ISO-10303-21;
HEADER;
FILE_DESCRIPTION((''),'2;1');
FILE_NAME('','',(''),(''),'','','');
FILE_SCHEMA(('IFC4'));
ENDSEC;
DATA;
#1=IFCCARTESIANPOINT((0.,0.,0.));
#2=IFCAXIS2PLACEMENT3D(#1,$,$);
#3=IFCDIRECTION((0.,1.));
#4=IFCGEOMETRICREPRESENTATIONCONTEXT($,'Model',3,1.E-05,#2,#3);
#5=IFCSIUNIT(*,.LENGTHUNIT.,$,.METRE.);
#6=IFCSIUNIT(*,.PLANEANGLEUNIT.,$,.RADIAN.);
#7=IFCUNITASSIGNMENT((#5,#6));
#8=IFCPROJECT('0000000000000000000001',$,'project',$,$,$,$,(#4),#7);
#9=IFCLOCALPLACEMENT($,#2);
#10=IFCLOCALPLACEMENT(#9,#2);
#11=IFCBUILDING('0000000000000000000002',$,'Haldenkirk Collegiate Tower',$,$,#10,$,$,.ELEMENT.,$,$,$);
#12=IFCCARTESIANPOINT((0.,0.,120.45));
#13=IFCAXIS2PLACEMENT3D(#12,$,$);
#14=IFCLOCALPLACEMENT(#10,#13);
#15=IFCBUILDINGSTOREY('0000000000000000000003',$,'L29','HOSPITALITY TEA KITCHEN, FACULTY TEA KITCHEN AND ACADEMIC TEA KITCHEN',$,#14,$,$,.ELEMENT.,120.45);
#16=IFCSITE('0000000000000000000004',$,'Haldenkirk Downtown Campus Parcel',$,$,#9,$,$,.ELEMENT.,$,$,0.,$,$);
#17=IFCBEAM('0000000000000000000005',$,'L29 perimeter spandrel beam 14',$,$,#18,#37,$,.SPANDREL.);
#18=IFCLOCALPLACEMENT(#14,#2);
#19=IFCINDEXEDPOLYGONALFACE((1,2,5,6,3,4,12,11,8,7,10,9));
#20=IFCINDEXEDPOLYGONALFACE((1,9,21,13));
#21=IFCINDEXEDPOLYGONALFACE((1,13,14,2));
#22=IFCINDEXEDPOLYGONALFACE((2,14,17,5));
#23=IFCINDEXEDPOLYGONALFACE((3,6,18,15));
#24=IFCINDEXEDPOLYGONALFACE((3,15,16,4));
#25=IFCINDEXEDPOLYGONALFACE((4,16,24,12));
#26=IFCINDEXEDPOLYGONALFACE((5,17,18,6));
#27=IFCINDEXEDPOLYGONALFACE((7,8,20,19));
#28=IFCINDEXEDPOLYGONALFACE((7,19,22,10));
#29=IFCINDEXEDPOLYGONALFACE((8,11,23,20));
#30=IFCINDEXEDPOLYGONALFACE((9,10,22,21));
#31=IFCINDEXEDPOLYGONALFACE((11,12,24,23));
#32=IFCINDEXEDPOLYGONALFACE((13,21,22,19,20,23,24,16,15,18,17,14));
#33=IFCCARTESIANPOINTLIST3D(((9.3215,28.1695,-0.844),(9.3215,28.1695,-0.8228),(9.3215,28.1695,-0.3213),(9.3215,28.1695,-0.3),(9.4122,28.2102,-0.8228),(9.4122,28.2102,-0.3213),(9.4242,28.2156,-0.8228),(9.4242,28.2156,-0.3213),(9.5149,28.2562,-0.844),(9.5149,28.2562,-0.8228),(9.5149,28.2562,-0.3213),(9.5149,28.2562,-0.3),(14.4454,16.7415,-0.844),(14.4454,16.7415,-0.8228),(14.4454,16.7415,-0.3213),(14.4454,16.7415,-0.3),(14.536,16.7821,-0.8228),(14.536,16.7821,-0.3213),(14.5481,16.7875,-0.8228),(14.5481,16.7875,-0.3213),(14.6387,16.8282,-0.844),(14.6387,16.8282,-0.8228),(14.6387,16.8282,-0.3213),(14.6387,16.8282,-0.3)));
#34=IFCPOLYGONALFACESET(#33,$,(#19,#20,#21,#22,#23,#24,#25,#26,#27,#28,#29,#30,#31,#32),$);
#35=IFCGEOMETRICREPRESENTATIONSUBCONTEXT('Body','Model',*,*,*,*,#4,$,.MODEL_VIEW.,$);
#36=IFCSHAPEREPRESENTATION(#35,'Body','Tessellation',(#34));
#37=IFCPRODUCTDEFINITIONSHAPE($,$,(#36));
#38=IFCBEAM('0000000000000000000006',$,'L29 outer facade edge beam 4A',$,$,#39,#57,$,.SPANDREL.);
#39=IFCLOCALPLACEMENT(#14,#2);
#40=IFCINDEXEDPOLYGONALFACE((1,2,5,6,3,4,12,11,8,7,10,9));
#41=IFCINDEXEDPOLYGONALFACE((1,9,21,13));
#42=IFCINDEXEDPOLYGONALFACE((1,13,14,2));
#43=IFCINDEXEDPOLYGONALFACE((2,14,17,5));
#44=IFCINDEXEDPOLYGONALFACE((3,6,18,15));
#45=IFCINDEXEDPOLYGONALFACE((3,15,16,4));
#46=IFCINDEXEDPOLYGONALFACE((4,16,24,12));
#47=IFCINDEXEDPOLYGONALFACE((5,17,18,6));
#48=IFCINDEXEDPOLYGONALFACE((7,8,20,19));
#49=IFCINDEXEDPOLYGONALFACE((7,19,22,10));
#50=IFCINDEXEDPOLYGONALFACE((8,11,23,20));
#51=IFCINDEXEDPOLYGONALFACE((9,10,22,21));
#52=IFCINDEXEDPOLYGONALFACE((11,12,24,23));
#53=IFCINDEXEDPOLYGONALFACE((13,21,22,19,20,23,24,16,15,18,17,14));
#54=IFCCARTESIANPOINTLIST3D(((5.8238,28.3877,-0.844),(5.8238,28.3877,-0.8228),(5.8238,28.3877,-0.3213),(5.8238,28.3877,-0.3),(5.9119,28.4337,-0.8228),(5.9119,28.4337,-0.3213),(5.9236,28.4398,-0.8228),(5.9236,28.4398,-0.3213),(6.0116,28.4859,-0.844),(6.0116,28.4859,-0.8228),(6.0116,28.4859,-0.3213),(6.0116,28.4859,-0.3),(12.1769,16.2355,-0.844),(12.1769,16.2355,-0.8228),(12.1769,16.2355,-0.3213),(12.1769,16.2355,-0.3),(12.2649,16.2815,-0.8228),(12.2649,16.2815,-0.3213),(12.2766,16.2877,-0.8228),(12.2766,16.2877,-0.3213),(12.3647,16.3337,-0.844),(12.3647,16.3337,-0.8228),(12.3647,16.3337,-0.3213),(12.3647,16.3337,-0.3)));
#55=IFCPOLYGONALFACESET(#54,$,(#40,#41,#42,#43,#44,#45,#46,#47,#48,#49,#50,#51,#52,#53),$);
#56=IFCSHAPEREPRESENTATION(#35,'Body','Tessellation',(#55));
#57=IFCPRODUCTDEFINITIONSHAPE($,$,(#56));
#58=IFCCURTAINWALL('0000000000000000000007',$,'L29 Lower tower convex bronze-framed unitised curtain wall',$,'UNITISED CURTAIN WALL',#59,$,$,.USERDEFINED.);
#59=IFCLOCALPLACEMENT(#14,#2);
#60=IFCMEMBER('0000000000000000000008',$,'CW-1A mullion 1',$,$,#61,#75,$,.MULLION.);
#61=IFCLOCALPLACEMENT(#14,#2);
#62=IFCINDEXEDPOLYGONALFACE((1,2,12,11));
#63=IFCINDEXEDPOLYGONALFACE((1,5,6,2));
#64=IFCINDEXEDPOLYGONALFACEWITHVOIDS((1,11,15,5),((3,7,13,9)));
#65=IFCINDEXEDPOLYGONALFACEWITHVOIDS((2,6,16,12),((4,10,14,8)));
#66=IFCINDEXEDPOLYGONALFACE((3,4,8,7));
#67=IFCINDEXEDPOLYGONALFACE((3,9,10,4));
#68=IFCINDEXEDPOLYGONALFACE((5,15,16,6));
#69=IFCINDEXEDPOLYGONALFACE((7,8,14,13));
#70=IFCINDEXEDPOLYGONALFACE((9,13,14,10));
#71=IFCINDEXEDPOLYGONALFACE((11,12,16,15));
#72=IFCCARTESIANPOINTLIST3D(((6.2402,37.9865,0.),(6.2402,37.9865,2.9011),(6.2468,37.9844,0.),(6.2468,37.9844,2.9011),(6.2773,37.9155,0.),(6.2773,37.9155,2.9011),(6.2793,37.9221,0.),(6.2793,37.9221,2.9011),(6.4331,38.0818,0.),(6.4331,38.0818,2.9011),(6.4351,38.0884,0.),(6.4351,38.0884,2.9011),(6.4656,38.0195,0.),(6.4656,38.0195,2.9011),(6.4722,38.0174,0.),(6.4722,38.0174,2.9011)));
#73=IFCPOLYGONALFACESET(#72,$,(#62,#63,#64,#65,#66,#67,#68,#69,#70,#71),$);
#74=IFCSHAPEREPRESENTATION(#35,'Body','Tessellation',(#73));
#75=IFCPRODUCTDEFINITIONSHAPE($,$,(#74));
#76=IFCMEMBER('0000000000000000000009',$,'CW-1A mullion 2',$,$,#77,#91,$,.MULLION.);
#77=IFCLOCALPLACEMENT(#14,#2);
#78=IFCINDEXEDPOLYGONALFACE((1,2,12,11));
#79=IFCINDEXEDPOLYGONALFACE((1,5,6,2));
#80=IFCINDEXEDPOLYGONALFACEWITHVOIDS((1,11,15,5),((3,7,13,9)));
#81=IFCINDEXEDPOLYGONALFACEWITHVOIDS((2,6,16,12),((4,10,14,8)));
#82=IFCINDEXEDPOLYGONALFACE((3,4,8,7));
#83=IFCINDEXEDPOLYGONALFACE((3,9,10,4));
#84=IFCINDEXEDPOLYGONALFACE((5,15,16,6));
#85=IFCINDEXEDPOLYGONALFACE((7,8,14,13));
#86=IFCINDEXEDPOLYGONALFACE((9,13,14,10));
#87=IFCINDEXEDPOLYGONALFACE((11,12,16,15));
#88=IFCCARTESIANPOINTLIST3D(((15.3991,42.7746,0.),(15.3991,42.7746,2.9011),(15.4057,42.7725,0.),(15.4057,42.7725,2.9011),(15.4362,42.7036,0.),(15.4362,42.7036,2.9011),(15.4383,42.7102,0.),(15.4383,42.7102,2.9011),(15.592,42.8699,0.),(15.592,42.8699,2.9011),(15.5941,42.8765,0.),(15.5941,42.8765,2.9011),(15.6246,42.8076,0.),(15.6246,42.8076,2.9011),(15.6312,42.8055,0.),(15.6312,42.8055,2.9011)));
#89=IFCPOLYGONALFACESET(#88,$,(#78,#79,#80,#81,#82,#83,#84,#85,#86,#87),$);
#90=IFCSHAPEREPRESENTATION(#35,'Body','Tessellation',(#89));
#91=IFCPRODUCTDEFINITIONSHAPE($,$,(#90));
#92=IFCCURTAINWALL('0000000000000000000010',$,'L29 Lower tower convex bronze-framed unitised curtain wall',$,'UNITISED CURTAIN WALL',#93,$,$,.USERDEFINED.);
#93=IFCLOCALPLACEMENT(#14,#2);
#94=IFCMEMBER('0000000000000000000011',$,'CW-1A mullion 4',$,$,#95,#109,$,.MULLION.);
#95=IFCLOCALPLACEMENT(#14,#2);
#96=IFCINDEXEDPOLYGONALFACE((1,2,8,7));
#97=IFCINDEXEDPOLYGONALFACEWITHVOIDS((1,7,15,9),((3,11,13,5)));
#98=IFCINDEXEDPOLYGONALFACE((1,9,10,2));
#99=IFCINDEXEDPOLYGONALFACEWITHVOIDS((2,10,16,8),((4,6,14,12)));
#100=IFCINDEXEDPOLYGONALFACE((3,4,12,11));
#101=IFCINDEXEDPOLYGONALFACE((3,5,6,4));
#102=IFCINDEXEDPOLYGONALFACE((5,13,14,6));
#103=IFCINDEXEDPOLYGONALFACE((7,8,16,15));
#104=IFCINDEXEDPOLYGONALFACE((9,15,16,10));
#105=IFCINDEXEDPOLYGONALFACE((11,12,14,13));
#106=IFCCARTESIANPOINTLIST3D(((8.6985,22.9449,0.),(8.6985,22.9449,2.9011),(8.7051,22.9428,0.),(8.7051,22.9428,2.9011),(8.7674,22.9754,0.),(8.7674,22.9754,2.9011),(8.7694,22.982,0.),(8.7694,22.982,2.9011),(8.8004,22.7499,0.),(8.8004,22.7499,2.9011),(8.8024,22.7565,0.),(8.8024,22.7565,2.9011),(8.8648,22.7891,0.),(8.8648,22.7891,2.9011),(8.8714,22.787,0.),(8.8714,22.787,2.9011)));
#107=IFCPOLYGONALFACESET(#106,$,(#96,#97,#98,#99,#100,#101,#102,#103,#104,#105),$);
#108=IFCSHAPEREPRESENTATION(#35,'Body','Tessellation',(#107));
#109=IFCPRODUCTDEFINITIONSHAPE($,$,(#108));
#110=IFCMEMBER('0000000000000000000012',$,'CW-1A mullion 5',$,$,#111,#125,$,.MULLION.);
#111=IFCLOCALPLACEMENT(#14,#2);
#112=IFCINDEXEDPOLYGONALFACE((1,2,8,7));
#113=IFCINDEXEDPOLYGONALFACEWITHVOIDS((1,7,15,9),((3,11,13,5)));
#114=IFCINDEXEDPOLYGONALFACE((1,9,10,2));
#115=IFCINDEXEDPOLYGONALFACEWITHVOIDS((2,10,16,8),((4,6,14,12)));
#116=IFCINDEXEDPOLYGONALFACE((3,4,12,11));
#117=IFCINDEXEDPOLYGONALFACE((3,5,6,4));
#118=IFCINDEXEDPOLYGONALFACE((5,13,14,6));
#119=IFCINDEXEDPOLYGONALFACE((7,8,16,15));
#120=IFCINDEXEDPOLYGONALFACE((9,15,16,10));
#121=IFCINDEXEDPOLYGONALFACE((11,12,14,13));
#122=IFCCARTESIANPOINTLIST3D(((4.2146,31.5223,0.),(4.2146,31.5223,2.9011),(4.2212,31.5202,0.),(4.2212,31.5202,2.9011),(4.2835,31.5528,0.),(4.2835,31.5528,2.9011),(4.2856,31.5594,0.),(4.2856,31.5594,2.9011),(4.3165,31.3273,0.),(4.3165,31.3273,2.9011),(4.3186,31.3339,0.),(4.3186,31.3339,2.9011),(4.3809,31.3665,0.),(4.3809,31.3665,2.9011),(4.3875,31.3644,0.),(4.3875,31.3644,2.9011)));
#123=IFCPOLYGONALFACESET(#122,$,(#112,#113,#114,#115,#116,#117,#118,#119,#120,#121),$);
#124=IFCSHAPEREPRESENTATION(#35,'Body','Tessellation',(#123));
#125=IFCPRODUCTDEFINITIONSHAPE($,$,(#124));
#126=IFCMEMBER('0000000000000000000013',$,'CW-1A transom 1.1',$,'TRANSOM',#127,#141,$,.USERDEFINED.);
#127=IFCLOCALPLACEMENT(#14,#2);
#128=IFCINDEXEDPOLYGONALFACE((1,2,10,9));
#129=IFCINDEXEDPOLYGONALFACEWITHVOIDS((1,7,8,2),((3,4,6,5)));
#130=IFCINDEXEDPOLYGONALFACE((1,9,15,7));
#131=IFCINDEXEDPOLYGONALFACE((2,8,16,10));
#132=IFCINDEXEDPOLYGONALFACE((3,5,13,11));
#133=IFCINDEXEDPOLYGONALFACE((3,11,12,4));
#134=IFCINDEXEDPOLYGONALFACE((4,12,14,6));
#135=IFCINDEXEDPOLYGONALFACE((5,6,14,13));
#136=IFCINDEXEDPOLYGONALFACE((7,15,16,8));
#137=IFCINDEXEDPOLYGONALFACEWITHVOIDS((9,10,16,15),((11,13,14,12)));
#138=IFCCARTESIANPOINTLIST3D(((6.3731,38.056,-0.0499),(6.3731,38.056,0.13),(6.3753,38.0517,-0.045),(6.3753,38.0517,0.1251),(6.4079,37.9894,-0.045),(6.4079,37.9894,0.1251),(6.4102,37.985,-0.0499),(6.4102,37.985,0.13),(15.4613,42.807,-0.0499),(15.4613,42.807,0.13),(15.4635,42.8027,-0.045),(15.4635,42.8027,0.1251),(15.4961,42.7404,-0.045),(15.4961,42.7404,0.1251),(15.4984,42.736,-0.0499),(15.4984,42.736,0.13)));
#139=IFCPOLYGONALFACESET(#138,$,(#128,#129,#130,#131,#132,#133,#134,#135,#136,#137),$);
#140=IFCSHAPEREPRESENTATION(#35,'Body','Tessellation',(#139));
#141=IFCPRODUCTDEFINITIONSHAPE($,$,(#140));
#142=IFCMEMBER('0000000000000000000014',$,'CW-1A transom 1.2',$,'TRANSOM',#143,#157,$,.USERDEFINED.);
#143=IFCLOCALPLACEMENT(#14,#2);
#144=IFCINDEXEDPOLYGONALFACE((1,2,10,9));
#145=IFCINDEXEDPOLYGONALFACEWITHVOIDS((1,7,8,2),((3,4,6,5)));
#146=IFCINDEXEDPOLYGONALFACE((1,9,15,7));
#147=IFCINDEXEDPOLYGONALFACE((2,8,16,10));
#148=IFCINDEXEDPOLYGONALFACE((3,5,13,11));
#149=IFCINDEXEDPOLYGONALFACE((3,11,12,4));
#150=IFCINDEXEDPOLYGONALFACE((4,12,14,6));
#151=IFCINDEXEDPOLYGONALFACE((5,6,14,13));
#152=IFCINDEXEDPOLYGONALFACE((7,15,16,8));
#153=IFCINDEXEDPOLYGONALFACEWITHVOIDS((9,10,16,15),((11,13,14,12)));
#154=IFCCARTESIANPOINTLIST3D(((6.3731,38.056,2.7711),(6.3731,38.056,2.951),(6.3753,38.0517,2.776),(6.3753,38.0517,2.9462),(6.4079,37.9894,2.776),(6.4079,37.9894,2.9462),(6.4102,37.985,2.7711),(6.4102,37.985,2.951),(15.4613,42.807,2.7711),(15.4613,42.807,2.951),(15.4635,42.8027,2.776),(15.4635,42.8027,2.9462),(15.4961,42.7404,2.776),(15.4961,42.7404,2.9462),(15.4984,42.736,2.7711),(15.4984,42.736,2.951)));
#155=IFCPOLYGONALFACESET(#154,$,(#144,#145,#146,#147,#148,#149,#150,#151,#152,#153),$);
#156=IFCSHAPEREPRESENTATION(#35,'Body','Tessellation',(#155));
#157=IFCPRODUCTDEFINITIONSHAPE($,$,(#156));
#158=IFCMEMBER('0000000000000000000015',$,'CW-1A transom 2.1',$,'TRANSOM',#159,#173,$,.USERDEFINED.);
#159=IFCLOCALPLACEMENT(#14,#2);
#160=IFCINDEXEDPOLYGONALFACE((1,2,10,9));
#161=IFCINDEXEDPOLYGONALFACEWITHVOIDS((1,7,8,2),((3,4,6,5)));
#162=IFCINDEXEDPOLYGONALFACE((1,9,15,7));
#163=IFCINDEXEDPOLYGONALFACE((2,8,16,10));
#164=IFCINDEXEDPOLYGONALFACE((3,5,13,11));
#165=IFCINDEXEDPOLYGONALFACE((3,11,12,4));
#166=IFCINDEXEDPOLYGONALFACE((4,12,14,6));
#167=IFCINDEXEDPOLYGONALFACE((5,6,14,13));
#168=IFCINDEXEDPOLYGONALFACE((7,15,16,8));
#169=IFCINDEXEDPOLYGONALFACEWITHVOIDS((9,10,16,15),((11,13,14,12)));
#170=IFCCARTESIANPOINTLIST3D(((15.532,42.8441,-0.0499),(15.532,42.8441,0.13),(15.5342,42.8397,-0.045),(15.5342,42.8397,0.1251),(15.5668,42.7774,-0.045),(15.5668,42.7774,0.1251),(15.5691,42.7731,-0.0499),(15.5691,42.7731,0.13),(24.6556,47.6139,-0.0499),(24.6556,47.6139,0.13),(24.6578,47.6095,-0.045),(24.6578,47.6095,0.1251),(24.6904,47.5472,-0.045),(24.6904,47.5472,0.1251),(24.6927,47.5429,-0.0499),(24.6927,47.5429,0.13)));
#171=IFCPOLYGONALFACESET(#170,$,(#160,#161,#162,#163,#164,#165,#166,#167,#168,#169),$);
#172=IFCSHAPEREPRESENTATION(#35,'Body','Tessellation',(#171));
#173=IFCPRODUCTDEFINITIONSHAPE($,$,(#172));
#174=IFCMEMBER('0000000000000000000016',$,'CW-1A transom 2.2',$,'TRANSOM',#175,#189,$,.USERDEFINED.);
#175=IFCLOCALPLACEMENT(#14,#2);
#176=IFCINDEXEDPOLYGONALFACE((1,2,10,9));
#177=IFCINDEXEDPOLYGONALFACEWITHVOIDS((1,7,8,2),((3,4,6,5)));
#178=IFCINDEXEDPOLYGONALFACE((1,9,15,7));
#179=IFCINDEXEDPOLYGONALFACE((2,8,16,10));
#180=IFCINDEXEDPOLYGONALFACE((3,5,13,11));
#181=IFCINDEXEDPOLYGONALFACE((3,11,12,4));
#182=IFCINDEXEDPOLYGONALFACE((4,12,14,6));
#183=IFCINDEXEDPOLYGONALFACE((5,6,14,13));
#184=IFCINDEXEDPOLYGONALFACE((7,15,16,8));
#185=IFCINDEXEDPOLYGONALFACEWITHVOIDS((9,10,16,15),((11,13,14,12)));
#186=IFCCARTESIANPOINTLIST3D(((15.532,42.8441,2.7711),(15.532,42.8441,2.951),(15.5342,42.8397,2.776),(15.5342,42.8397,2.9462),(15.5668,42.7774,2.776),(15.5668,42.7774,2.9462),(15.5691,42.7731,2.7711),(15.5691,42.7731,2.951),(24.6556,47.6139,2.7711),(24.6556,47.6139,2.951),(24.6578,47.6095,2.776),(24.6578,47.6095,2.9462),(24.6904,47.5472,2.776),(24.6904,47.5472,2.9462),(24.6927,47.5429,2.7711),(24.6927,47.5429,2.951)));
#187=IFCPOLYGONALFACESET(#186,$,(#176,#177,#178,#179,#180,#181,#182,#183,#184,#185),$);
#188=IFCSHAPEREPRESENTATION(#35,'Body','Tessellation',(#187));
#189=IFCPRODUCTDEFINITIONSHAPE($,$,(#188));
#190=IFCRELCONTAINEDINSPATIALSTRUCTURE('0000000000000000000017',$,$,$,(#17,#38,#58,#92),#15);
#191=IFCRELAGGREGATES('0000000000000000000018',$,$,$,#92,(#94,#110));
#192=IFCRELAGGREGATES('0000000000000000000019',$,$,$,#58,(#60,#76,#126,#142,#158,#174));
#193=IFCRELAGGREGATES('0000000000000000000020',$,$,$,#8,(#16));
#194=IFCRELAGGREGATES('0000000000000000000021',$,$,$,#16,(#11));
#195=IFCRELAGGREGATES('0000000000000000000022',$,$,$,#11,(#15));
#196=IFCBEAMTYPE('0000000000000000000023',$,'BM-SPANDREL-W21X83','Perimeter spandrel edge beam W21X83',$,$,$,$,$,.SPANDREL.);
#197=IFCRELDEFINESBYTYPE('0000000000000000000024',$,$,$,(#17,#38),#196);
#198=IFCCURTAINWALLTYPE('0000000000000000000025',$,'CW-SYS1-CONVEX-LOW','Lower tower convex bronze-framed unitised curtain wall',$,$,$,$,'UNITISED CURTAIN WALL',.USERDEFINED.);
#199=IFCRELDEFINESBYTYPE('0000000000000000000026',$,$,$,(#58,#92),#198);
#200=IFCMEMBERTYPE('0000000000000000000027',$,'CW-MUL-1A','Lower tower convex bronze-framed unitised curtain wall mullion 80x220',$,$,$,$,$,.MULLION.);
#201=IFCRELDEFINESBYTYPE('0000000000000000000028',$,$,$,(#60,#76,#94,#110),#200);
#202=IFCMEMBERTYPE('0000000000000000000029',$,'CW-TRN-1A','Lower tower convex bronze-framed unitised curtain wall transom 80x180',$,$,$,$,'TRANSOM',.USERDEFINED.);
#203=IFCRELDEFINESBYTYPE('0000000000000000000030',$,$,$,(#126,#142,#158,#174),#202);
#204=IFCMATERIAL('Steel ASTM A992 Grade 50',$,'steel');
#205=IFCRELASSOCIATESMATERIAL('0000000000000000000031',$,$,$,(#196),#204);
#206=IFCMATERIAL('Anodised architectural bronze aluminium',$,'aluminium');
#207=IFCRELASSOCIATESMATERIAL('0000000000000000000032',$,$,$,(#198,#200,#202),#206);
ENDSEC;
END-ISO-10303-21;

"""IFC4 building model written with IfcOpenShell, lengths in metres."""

from ifc_helpers import new_model, si_unit, direction, frame, origin, origin_2d, place, context, subcontext, project, spatial, hollow_rectangle, i_section, extrude, material, material_profile, profile_set, type_object, element, aggregate, save


model = new_model("IFC4")

# Units and contexts
model_context = context("Model", 3, precision=1e-05, world=origin(), true_north=direction((0.0, 1.0)))
body_context = subcontext(model_context, "Body", "Model", "MODEL_VIEW")
ifc_project = project(units=[si_unit("LENGTHUNIT", "METRE"), si_unit("PLANEANGLEUNIT", "RADIAN")], contexts=[model_context])

# Site, building, storey
site_placement = place(None, origin())
site = spatial("IfcSite", under=ifc_project, at=site_placement, Name="Haldenkirk Downtown Campus Parcel", CompositionType="ELEMENT", RefElevation=0.0)
building_placement = place(site_placement, origin())
building = spatial("IfcBuilding", under=site, at=building_placement, Name="Haldenkirk Collegiate Tower", CompositionType="ELEMENT")
storey_placement = place(building_placement, frame((0.0, 0.0, 120.45)))
storey = spatial("IfcBuildingStorey", under=building, at=storey_placement, Name="L29", Description="HOSPITALITY TEA KITCHEN, FACULTY TEA KITCHEN AND ACADEMIC TEA KITCHEN", CompositionType="ELEMENT", Elevation=120.45)

# Beams
ifc_material_1 = material(Name="Steel ASTM A992 Grade 50", Category="steel")
ifc_material_profile_1 = material_profile(ifc_material_1, i_section(OverallWidth=0.2119, OverallDepth=0.5439, WebThickness=0.0132, FlangeThickness=0.0212, at=origin_2d()), Name="W21X83")
ifc_profile_set_1 = profile_set([ifc_material_profile_1], Name="Steel ASTM A992 Grade 50")
beam_type_1 = type_object("IfcBeamType", Name="BM-SPANDREL-W21X83", Description="Perimeter spandrel edge beam W21X83", PredefinedType="SPANDREL", material=ifc_profile_set_1)
beam_1_placement = place(storey_placement, frame((9.4182, 28.2129, -0.572), z_axis=(0.409115, -0.912483, 0.0), x_axis=(0.912483, 0.409115, 0.0)))
element("IfcBeam", 1, at=beam_1_placement, inside=storey, type_object=beam_type_1, Name="L29 perimeter spandrel beam 14", PredefinedType="SPANDREL", context=body_context, shape_type="SweptSolid", body=[
    extrude(i_section(OverallWidth=0.2119, OverallDepth=0.5439, WebThickness=0.0132, FlangeThickness=0.0212, at=origin_2d()), origin(), (0.0, 0.0, 1.0), 12.5242),
])
beam_2_placement = place(storey_placement, frame((5.9177, 28.4368, -0.572), z_axis=(0.4633, -0.886202, 0.0), x_axis=(0.886202, 0.4633, 0.0)))
element("IfcBeam", 2, at=beam_2_placement, inside=storey, type_object=beam_type_1, Name="L29 outer facade edge beam 4A", PredefinedType="SPANDREL", context=body_context, shape_type="SweptSolid", body=[
    extrude(i_section(OverallWidth=0.2119, OverallDepth=0.5439, WebThickness=0.0132, FlangeThickness=0.0212, at=origin_2d()), origin(), (0.0, 0.0, 1.0), 13.7126),
])

# Curtain walls, members
ifc_material_2 = material(Name="Anodised architectural bronze aluminium", Category="aluminium")
curtain_wall_type = type_object("IfcCurtainWallType", Name="CW-SYS1-CONVEX-LOW", Description="Lower tower convex bronze-framed unitised curtain wall", ElementType="UNITISED CURTAIN WALL", PredefinedType="USERDEFINED", material=ifc_material_2)
curtain_wall_1_placement = place(storey_placement, origin())
curtain_wall_1 = element("IfcCurtainWall", 3, at=curtain_wall_1_placement, inside=storey, type_object=curtain_wall_type, Name="L29 Lower tower convex bronze-framed unitised curtain wall", ObjectType="UNITISED CURTAIN WALL", PredefinedType="USERDEFINED")
ifc_material_profile_2 = material_profile(ifc_material_2, hollow_rectangle(XDim=0.0801, YDim=0.22, WallThickness=0.0049, at=origin_2d()), Name="CW-MUL-1A")
ifc_profile_set_2 = profile_set([ifc_material_profile_2], Name="Anodised architectural bronze aluminium")
member_type_1 = type_object("IfcMemberType", Name="CW-MUL-1A", Description="Lower tower convex bronze-framed unitised curtain wall mullion 80x220", PredefinedType="MULLION", material=ifc_profile_set_2)
member_1_placement = place(storey_placement, frame((6.3562, 38.002, 0.0), z_axis=(0.0, 0.0, 1.0), x_axis=(-0.463297, 0.886203, 0.0)))
member_1 = element("IfcMember", 4, at=member_1_placement, type_object=member_type_1, Name="CW-1A mullion 1", PredefinedType="MULLION", context=body_context, shape_type="SweptSolid", body=[
    extrude(hollow_rectangle(XDim=0.0801, YDim=0.22, WallThickness=0.0049, at=origin_2d()), origin(), (0.0, 0.0, 1.0), 2.9011),
])
member_2_placement = place(storey_placement, frame((15.5151, 42.79, 0.0), z_axis=(0.0, 0.0, 1.0), x_axis=(-0.463297, 0.886203, 0.0)))
member_2 = element("IfcMember", 5, at=member_2_placement, type_object=member_type_1, Name="CW-1A mullion 2", PredefinedType="MULLION", context=body_context, shape_type="SweptSolid", body=[
    extrude(hollow_rectangle(XDim=0.0801, YDim=0.22, WallThickness=0.0049, at=origin_2d()), origin(), (0.0, 0.0, 1.0), 2.9011),
])
curtain_wall_2_placement = place(storey_placement, origin())
curtain_wall_2 = element("IfcCurtainWall", 6, at=curtain_wall_2_placement, inside=storey, type_object=curtain_wall_type, Name="L29 Lower tower convex bronze-framed unitised curtain wall", ObjectType="UNITISED CURTAIN WALL", PredefinedType="USERDEFINED")
member_3_placement = place(storey_placement, frame((8.7849, 22.866, 0.0), z_axis=(0.0, 0.0, 1.0), x_axis=(-0.886205, -0.463294, 0.0)))
member_3 = element("IfcMember", 7, at=member_3_placement, type_object=member_type_1, Name="CW-1A mullion 4", PredefinedType="MULLION", context=body_context, shape_type="SweptSolid", body=[
    extrude(hollow_rectangle(XDim=0.0801, YDim=0.22, WallThickness=0.0049, at=origin_2d()), origin(), (0.0, 0.0, 1.0), 2.9011),
])
member_4_placement = place(storey_placement, frame((4.301, 31.4434, 0.0), z_axis=(0.0, 0.0, 1.0), x_axis=(-0.886205, -0.463294, 0.0)))
member_4 = element("IfcMember", 8, at=member_4_placement, type_object=member_type_1, Name="CW-1A mullion 5", PredefinedType="MULLION", context=body_context, shape_type="SweptSolid", body=[
    extrude(hollow_rectangle(XDim=0.0801, YDim=0.22, WallThickness=0.0049, at=origin_2d()), origin(), (0.0, 0.0, 1.0), 2.9011),
])

# Members
ifc_material_profile_3 = material_profile(ifc_material_2, hollow_rectangle(XDim=0.0801, YDim=0.1799, WallThickness=0.0049, at=origin_2d()), Name="CW-TRN-1A")
ifc_profile_set_3 = profile_set([ifc_material_profile_3], Name="Anodised architectural bronze aluminium")
member_type_2 = type_object("IfcMemberType", Name="CW-TRN-1A", Description="Lower tower convex bronze-framed unitised curtain wall transom 80x180", ElementType="TRANSOM", PredefinedType="USERDEFINED", material=ifc_profile_set_3)
member_5_placement = place(storey_placement, frame((6.3916, 38.0205, 0.04), z_axis=(0.886211, 0.463282, 0.0), x_axis=(-0.463282, 0.886211, 0.0)))
member_5 = element("IfcMember", 9, at=member_5_placement, type_object=member_type_2, Name="CW-1A transom 1.1", ObjectType="TRANSOM", PredefinedType="USERDEFINED", context=body_context, shape_type="SweptSolid", body=[
    extrude(hollow_rectangle(XDim=0.0801, YDim=0.1799, WallThickness=0.0049, at=origin_2d()), origin(), (0.0, 0.0, 1.0), 10.2551),
])
member_6_placement = place(storey_placement, frame((6.3916, 38.0205, 2.8611), z_axis=(0.886211, 0.463282, 0.0), x_axis=(-0.463282, 0.886211, 0.0)))
member_6 = element("IfcMember", 10, at=member_6_placement, type_object=member_type_2, Name="CW-1A transom 1.2", ObjectType="TRANSOM", PredefinedType="USERDEFINED", context=body_context, shape_type="SweptSolid", body=[
    extrude(hollow_rectangle(XDim=0.0801, YDim=0.1799, WallThickness=0.0049, at=origin_2d()), origin(), (0.0, 0.0, 1.0), 10.2551),
])
member_7_placement = place(storey_placement, frame((15.5505, 42.8086, 0.04), z_axis=(0.886199, 0.463304, 0.0), x_axis=(-0.463304, 0.886199, 0.0)))
member_7 = element("IfcMember", 11, at=member_7_placement, type_object=member_type_2, Name="CW-1A transom 2.1", ObjectType="TRANSOM", PredefinedType="USERDEFINED", context=body_context, shape_type="SweptSolid", body=[
    extrude(hollow_rectangle(XDim=0.0801, YDim=0.1799, WallThickness=0.0049, at=origin_2d()), origin(), (0.0, 0.0, 1.0), 10.2952),
])
member_8_placement = place(storey_placement, frame((15.5505, 42.8086, 2.8611), z_axis=(0.886199, 0.463304, 0.0), x_axis=(-0.463304, 0.886199, 0.0)))
member_8 = element("IfcMember", 12, at=member_8_placement, type_object=member_type_2, Name="CW-1A transom 2.2", ObjectType="TRANSOM", PredefinedType="USERDEFINED", context=body_context, shape_type="SweptSolid", body=[
    extrude(hollow_rectangle(XDim=0.0801, YDim=0.1799, WallThickness=0.0049, at=origin_2d()), origin(), (0.0, 0.0, 1.0), 10.2952),
])

aggregate(curtain_wall_2, [member_3, member_4])
aggregate(curtain_wall_1, [member_1, member_2, member_5, member_6, member_7, member_8])

save(model, "model.ifc")
